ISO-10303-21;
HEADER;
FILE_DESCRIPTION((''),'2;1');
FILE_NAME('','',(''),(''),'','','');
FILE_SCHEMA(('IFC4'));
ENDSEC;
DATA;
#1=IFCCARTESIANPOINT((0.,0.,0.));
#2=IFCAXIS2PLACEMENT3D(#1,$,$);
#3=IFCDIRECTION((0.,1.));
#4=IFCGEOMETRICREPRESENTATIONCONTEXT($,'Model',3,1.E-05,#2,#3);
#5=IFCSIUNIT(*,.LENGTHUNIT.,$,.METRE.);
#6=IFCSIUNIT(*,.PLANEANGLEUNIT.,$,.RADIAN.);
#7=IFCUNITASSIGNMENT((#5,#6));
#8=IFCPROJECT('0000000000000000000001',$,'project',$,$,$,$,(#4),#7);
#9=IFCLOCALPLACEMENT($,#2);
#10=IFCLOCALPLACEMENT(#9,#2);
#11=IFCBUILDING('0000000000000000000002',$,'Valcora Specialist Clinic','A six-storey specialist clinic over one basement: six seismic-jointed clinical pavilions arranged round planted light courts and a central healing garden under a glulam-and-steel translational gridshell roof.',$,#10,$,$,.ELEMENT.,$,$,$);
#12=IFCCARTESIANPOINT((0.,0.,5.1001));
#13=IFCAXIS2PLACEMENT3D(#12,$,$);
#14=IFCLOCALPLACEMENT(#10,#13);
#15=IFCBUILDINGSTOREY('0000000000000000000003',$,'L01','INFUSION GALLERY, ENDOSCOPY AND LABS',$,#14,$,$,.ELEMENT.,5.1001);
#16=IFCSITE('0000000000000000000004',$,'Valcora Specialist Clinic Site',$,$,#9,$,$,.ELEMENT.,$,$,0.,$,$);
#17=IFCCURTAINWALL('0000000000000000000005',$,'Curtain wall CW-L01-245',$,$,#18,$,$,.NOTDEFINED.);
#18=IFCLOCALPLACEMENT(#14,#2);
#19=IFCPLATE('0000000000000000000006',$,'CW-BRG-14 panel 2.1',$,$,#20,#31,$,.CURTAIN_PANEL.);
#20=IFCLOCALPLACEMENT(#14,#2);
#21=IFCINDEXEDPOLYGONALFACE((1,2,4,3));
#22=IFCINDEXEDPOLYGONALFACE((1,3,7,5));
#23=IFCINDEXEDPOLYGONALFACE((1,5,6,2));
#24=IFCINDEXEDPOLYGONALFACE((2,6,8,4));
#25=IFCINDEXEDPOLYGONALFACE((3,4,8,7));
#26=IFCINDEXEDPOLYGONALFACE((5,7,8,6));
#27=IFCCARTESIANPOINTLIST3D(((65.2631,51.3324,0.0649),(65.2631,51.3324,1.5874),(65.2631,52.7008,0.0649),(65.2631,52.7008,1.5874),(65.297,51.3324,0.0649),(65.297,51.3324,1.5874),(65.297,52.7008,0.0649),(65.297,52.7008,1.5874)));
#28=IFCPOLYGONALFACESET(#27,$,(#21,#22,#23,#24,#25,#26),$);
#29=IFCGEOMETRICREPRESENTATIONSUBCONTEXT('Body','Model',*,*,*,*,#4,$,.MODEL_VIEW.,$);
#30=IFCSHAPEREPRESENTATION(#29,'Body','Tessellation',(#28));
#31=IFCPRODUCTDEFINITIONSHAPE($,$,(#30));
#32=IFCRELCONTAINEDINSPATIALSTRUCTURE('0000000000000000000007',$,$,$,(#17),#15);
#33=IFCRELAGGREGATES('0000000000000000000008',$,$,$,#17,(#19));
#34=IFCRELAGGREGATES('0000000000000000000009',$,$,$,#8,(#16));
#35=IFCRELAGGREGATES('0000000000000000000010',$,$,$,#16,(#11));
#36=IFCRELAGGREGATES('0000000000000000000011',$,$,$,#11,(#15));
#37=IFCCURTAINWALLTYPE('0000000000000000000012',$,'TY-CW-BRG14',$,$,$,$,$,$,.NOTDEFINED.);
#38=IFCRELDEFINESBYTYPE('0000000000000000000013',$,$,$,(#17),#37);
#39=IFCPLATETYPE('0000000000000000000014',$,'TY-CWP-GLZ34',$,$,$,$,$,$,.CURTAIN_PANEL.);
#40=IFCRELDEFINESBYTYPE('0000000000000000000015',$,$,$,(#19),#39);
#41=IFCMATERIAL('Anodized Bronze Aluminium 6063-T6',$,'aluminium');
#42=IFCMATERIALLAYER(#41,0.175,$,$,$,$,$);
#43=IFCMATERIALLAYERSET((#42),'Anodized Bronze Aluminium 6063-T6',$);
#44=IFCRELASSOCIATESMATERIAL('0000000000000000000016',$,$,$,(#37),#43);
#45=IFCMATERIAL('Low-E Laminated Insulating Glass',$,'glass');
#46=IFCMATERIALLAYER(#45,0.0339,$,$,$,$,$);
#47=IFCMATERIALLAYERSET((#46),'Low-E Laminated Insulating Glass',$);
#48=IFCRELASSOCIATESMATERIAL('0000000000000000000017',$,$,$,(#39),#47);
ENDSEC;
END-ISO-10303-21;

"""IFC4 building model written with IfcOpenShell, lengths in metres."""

from ifc_helpers import new_model, si_unit, direction, frame, origin, origin_2d, place, context, subcontext, project, spatial, rectangle, extrude, material, layer, layer_set, type_object, element, aggregate, save


model = new_model("IFC4")

# Units and contexts
model_context = context("Model", 3, precision=1e-05, world=origin(), true_north=direction((0.0, 1.0)))
body_context = subcontext(model_context, "Body", "Model", "MODEL_VIEW")
ifc_project = project(units=[si_unit("LENGTHUNIT", "METRE"), si_unit("PLANEANGLEUNIT", "RADIAN")], contexts=[model_context])

# Site, building, storey
site_placement = place(None, origin())
site = spatial("IfcSite", under=ifc_project, at=site_placement, Name="Valcora Specialist Clinic Site", CompositionType="ELEMENT", RefElevation=0.0)
building_placement = place(site_placement, origin())
building = spatial("IfcBuilding", under=site, at=building_placement, Name="Valcora Specialist Clinic", Description="A six-storey specialist clinic over one basement: six seismic-jointed clinical pavilions arranged round planted light courts and a central healing garden under a glulam-and-steel translational gridshell roof.", CompositionType="ELEMENT")
storey_placement = place(building_placement, frame((0.0, 0.0, 5.1001)))
storey = spatial("IfcBuildingStorey", under=building, at=storey_placement, Name="L01", Description="INFUSION GALLERY, ENDOSCOPY AND LABS", CompositionType="ELEMENT", Elevation=5.1001)

# Shared definitions
ifc_material_1 = material(Name="Anodized Bronze Aluminium 6063-T6", Category="aluminium")
ifc_layer_1 = layer(ifc_material_1, 0.175)
ifc_layer_set_1 = layer_set([ifc_layer_1], Name="Anodized Bronze Aluminium 6063-T6")
curtain_wall_type = type_object("IfcCurtainWallType", Name="TY-CW-BRG14", PredefinedType="NOTDEFINED", material=ifc_layer_set_1)

# Curtain wall
curtain_wall_1_placement = place(storey_placement, origin())
curtain_wall_1 = element("IfcCurtainWall", 1, at=curtain_wall_1_placement, inside=storey, type_object=curtain_wall_type, Name="Curtain wall CW-L01-245", PredefinedType="NOTDEFINED")

# Plate
ifc_material_2 = material(Name="Low-E Laminated Insulating Glass", Category="glass")
ifc_layer_2 = layer(ifc_material_2, 0.0339)
ifc_layer_set_2 = layer_set([ifc_layer_2], Name="Low-E Laminated Insulating Glass")
plate_type_1 = type_object("IfcPlateType", Name="TY-CWP-GLZ34", PredefinedType="CURTAIN_PANEL", material=ifc_layer_set_2)
plate_1_placement = place(storey_placement, frame((65.28, 52.0166, 0.0649), z_axis=(0.0, 0.0, 1.0), x_axis=(0.0, 1.0, 0.0)))
plate_1 = element("IfcPlate", 2, at=plate_1_placement, type_object=plate_type_1, Name="CW-BRG-14 panel 2.1", PredefinedType="CURTAIN_PANEL", context=body_context, shape_type="SweptSolid", body=[
    extrude(rectangle(XDim=1.3684, YDim=0.0339, at=origin_2d()), origin(), (0.0, 0.0, 1.0), 1.5225),
])
aggregate(curtain_wall_1, [plate_1])

save(model, "model.ifc")
